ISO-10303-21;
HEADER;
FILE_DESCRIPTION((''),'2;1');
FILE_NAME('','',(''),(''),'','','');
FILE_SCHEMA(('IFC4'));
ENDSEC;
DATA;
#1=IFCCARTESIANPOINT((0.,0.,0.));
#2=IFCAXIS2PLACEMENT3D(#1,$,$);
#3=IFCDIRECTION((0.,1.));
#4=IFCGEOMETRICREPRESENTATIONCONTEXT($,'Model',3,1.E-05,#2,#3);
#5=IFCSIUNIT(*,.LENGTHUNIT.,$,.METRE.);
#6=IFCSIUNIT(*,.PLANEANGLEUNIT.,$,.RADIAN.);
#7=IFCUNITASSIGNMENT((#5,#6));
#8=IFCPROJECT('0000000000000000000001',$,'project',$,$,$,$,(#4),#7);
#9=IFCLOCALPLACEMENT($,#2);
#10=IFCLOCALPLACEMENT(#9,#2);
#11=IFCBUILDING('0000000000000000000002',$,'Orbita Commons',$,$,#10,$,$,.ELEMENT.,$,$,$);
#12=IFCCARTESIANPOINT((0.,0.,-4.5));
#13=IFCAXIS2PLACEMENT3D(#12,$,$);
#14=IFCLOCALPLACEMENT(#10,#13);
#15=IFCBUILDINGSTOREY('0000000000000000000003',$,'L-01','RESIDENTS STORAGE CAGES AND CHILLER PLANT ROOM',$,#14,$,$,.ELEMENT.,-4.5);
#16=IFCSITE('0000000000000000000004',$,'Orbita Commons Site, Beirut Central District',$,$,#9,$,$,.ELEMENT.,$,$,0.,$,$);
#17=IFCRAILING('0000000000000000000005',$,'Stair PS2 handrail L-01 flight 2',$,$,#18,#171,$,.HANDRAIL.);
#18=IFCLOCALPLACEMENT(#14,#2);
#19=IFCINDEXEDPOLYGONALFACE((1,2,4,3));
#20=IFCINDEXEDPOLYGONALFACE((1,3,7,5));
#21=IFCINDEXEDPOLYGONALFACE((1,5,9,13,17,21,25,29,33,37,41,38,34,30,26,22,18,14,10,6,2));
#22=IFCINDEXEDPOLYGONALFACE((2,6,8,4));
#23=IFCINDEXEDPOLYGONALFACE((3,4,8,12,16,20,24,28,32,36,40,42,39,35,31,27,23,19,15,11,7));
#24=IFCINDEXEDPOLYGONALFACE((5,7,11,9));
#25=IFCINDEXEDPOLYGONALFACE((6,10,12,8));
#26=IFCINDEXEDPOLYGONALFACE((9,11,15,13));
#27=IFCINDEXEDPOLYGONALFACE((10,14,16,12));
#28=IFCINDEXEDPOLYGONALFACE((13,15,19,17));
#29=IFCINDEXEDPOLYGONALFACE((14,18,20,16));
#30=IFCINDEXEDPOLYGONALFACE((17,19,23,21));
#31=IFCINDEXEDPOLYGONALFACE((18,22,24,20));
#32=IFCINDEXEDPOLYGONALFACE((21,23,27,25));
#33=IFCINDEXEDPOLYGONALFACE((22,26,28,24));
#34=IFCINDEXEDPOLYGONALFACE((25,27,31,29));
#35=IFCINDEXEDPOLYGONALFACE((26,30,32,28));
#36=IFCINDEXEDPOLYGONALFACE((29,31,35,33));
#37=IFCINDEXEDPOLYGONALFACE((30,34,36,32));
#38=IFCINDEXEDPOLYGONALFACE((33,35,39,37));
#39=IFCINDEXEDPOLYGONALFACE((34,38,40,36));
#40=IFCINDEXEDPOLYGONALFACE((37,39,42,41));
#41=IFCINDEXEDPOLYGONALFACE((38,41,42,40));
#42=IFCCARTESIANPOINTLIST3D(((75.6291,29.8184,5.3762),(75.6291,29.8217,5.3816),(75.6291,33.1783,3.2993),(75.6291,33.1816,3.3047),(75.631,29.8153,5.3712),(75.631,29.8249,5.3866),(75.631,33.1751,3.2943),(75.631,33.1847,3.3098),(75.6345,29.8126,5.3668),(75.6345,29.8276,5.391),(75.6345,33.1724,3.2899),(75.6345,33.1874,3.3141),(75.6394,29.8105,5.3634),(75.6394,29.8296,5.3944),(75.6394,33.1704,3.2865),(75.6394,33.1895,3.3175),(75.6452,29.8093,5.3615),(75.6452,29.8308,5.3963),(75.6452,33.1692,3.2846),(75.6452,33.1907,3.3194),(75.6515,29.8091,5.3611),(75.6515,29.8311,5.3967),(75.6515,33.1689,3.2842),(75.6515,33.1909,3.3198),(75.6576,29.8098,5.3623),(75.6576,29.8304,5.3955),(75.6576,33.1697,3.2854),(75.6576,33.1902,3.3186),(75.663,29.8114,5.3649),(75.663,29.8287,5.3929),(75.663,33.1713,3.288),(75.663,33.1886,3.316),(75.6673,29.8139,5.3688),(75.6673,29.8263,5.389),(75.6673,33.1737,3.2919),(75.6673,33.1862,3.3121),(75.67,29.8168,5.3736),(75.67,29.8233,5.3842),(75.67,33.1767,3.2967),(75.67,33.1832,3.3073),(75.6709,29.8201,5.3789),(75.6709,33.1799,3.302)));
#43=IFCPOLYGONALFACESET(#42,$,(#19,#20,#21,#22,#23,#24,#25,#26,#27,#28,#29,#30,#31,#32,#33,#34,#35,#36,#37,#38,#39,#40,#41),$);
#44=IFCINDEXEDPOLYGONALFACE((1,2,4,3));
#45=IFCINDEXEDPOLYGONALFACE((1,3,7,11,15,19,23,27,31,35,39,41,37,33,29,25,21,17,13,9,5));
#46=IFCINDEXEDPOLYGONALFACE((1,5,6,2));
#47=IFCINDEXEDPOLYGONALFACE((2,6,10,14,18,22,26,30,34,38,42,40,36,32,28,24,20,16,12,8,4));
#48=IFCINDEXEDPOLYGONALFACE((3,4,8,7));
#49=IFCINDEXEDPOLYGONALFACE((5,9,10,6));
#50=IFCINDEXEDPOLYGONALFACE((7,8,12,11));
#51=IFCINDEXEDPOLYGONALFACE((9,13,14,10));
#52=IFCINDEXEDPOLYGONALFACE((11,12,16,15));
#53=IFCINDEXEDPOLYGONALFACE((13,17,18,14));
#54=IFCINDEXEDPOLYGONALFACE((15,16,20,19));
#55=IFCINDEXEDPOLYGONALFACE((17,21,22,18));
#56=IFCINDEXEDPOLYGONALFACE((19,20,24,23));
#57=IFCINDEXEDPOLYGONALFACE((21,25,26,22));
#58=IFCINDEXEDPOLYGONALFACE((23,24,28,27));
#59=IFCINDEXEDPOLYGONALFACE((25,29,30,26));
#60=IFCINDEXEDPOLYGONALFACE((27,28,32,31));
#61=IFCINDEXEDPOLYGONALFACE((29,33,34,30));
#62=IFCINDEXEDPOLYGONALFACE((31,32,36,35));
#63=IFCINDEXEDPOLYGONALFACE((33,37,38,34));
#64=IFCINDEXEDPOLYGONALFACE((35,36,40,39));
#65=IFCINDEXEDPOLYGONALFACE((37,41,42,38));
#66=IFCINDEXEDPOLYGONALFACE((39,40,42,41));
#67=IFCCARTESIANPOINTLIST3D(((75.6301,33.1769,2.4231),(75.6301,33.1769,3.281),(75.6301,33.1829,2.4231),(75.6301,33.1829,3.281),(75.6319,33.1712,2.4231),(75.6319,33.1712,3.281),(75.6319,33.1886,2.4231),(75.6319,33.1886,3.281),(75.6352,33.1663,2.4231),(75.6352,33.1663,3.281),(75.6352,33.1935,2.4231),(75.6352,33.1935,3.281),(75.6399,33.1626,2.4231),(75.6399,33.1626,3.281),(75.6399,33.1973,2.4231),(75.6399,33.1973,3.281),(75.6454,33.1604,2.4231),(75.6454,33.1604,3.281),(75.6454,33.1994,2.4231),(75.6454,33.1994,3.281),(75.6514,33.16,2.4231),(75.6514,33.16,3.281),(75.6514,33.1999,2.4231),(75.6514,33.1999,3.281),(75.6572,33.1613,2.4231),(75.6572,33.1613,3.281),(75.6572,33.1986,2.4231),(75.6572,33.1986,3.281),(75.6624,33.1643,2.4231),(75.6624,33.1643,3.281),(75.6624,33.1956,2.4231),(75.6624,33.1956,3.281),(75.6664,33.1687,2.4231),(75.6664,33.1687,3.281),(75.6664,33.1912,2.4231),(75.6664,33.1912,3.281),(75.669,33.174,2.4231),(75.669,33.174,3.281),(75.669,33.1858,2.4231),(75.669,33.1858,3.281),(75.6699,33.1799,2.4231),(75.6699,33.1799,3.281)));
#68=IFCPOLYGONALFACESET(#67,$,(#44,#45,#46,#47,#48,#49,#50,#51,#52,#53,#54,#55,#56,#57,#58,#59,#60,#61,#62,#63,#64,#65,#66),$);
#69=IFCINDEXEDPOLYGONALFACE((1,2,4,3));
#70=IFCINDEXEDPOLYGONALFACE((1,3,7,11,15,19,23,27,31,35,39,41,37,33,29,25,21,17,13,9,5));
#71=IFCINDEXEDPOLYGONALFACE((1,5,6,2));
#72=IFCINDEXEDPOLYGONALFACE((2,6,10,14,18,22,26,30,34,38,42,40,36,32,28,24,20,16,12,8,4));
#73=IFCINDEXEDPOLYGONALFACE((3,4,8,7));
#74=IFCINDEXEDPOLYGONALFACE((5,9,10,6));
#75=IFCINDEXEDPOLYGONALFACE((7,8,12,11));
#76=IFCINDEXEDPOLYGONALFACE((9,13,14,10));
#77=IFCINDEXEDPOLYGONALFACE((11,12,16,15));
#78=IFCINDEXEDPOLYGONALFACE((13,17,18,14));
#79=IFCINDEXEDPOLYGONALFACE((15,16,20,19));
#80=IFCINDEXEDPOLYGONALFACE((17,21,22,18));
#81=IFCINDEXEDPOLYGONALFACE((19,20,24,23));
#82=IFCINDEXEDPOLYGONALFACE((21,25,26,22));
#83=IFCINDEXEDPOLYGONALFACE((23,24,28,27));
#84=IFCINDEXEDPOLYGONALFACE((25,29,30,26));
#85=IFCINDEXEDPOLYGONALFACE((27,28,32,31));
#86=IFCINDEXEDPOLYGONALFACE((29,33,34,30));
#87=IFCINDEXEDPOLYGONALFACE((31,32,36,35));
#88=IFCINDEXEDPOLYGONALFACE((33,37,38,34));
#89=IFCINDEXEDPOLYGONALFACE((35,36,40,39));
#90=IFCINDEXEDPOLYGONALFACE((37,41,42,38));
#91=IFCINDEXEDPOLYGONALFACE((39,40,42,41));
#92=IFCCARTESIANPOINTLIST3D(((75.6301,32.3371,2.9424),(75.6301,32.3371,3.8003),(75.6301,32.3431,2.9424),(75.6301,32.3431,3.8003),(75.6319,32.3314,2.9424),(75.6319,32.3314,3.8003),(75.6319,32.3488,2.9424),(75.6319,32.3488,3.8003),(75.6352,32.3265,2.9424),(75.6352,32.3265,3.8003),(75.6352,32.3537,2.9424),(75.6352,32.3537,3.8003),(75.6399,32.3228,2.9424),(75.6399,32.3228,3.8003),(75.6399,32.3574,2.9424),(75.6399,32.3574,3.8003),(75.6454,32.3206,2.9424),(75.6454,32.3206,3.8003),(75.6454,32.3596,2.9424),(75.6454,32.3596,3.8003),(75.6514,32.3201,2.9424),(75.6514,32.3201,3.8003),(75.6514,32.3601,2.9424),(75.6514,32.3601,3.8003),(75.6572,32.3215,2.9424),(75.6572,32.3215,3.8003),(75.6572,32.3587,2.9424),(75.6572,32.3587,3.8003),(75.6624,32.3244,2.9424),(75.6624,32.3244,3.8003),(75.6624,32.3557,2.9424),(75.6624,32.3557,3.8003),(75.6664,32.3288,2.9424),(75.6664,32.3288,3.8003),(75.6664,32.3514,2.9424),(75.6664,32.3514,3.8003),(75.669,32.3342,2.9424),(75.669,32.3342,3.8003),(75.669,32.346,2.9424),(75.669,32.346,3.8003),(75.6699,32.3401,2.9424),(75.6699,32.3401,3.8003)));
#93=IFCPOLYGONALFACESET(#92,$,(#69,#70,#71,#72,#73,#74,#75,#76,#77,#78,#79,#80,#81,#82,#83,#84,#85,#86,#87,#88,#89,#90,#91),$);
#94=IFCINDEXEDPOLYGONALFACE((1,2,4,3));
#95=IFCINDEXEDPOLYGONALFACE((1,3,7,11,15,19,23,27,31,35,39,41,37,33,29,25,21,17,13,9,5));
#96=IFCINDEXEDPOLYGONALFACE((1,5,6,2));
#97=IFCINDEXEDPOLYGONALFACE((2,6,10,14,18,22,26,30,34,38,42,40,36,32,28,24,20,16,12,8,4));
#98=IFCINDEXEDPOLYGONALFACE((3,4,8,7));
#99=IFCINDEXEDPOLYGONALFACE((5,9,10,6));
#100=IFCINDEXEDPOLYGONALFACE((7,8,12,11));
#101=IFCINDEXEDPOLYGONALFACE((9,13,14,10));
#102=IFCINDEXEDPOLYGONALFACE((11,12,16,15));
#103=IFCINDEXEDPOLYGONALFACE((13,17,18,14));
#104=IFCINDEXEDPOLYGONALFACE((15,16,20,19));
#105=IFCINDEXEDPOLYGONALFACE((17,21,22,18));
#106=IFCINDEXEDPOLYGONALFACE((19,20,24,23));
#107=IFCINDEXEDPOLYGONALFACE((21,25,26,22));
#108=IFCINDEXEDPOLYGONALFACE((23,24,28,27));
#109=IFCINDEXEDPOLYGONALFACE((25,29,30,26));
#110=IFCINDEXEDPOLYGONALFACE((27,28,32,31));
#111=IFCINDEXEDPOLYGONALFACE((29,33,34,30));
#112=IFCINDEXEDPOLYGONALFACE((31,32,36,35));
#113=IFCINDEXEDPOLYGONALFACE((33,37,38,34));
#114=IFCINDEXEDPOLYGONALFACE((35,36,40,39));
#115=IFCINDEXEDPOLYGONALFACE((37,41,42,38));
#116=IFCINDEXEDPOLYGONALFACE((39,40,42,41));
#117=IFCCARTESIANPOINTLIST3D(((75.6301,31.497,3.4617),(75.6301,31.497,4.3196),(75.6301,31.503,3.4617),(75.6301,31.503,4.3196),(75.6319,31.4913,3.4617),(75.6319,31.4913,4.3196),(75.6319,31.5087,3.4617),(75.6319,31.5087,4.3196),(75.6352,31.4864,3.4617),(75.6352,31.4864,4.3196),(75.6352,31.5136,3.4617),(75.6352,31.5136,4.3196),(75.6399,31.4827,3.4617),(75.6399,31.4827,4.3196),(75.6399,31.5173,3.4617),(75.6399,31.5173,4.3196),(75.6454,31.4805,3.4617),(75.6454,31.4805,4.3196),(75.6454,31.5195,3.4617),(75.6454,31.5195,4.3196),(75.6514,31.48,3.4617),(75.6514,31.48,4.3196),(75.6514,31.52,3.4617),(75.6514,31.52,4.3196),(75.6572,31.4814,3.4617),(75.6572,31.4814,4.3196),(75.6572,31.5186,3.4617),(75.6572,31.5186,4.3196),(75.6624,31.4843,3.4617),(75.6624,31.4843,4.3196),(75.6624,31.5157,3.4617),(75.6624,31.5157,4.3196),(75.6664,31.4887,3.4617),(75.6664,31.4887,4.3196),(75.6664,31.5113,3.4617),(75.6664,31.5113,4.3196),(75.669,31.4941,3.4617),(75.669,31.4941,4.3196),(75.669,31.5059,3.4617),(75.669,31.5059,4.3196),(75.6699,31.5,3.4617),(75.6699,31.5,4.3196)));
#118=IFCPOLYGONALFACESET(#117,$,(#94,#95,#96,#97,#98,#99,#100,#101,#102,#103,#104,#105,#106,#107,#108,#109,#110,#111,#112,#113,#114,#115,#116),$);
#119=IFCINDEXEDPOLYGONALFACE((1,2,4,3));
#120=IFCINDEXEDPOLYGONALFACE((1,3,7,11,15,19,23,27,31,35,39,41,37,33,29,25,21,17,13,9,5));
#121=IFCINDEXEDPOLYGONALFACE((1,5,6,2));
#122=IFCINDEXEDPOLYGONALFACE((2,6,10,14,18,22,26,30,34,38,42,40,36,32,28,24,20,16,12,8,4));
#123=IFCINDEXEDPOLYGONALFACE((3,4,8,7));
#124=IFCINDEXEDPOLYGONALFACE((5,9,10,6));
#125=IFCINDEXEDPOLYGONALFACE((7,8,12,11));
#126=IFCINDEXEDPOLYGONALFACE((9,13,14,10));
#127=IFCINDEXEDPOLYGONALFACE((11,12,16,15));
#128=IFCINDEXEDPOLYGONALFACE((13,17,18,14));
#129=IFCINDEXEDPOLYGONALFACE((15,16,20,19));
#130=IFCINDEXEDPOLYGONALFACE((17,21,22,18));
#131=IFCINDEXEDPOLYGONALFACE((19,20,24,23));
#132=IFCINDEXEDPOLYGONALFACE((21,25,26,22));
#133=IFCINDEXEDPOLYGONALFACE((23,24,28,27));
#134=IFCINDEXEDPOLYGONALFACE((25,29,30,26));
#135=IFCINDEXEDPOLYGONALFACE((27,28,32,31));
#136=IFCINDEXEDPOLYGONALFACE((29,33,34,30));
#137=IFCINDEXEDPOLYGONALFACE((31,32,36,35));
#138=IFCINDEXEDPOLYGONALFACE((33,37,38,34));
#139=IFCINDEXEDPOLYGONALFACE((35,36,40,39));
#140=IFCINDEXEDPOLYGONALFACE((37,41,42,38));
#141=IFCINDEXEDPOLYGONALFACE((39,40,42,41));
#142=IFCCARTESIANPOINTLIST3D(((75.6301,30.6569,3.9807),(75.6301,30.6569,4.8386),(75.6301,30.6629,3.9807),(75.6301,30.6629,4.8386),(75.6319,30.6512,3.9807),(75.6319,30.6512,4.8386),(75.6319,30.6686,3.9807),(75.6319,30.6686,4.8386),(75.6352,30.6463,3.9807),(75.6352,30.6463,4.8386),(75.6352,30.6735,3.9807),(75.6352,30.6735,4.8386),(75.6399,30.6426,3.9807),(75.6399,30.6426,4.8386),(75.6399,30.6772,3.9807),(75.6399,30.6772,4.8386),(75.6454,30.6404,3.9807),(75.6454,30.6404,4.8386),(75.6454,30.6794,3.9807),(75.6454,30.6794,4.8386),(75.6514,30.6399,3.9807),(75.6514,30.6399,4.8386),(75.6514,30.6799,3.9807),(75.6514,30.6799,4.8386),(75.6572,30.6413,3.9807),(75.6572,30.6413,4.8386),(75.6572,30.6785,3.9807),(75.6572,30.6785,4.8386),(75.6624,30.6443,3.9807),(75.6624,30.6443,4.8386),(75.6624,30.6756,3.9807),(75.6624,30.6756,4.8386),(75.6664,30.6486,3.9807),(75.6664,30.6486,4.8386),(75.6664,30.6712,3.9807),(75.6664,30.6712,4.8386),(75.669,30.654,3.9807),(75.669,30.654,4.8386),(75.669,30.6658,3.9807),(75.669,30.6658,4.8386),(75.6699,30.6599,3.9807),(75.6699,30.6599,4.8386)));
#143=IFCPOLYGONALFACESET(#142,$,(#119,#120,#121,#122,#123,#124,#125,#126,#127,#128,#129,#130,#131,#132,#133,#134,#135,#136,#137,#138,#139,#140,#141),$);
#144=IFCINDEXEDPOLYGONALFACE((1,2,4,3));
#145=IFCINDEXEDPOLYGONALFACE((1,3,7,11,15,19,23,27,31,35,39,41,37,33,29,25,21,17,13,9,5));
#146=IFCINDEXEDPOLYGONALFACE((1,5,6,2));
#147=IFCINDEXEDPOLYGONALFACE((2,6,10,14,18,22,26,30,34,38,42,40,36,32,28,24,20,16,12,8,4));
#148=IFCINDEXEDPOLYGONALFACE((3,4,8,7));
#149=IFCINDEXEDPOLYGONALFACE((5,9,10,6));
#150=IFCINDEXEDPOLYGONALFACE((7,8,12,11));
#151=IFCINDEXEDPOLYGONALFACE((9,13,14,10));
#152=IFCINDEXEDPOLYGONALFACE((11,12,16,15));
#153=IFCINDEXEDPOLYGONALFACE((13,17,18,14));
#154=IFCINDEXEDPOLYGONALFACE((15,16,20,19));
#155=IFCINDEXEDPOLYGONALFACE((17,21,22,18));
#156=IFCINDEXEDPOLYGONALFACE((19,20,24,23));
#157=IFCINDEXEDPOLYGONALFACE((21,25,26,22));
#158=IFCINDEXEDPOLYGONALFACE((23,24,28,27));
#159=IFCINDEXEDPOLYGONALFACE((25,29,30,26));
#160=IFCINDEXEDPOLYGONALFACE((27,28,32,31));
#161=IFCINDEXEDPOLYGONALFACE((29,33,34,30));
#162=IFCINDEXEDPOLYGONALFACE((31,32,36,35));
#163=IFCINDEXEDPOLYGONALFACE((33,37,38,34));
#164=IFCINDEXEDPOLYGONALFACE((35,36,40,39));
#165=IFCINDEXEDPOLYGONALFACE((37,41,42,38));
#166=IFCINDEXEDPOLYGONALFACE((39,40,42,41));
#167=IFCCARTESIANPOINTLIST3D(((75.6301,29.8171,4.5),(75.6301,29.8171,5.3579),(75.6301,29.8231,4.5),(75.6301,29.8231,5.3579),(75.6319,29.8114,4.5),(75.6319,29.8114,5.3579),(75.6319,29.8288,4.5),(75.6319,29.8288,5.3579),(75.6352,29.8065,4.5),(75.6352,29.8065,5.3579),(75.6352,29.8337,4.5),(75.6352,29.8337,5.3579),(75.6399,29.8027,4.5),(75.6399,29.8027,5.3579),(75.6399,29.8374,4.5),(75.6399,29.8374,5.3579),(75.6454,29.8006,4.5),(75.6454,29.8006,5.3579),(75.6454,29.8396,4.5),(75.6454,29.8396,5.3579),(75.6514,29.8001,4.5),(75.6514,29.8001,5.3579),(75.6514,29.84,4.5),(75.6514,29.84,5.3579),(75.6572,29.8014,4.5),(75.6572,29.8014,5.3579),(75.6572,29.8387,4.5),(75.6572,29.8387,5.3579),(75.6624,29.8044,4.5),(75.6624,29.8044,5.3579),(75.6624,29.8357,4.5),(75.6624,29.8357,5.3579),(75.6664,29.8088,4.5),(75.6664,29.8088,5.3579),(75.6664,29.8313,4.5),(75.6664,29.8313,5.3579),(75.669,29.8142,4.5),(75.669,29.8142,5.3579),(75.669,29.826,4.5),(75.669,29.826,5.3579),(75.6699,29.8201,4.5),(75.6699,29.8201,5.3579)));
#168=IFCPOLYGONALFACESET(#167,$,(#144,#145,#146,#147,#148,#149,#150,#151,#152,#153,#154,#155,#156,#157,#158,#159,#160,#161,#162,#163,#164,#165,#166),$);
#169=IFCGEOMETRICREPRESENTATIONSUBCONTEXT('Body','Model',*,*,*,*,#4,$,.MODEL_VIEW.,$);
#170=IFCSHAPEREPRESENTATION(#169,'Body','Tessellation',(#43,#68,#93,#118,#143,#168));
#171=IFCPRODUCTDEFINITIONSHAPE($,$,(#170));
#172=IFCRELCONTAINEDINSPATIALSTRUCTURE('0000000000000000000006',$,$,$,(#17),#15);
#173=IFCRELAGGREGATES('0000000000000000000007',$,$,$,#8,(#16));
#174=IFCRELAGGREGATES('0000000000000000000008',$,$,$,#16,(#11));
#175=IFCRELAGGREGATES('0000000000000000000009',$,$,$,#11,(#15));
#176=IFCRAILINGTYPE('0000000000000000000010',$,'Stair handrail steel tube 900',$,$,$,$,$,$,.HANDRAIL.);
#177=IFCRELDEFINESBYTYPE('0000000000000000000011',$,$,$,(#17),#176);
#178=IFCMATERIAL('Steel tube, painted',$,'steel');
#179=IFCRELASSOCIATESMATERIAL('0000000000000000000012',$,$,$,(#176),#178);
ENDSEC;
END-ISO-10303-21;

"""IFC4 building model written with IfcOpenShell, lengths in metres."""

from ifc_helpers import new_model, si_unit, direction, frame, origin, origin_2d, place, context, subcontext, project, spatial, circle, extrude, material, type_object, element, save


model = new_model("IFC4")

# Units and contexts
model_context = context("Model", 3, precision=1e-05, world=origin(), true_north=direction((0.0, 1.0)))
body_context = subcontext(model_context, "Body", "Model", "MODEL_VIEW")
ifc_project = project(units=[si_unit("LENGTHUNIT", "METRE"), si_unit("PLANEANGLEUNIT", "RADIAN")], contexts=[model_context])

# Site, building, storey
site_placement = place(None, origin())
site = spatial("IfcSite", under=ifc_project, at=site_placement, Name="Orbita Commons Site, Beirut Central District", CompositionType="ELEMENT", RefElevation=0.0)
building_placement = place(site_placement, origin())
building = spatial("IfcBuilding", under=site, at=building_placement, Name="Orbita Commons", CompositionType="ELEMENT")
storey_placement = place(building_placement, frame((0.0, 0.0, -4.5)))
storey = spatial("IfcBuildingStorey", under=building, at=storey_placement, Name="L-01", Description="RESIDENTS STORAGE CAGES AND CHILLER PLANT ROOM", CompositionType="ELEMENT", Elevation=-4.5)

# Railing
ifc_material_1 = material(Name="Steel tube, painted", Category="steel")
railing_type_1 = type_object("IfcRailingType", Name="Stair handrail steel tube 900", PredefinedType="HANDRAIL", material=ifc_material_1)
for number, where, name in (
    (1, (75.6499, 33.1799, 2.4231), "Stair PS2 handrail L-01 flight 2"),
):
    element("IfcRailing", number, at=place(storey_placement, frame(where)), inside=storey, type_object=railing_type_1, Name=name, PredefinedType="HANDRAIL", context=body_context, shape_type="SweptSolid", body=[
        extrude(circle(Radius=0.021, at=origin_2d()), frame((0.0, 0.0, 0.8789), z_axis=(0.0, -0.850606, 0.525803), x_axis=(1.0, 0.0, 0.0)), (0.0, 0.0, 1.0), 3.95),
        extrude(circle(Radius=0.02, at=origin_2d()), origin(), (0.0, 0.0, 1.0), 0.8579),
        extrude(circle(Radius=0.02, at=origin_2d()), frame((0.0, -0.8398, 0.5193)), (0.0, 0.0, 1.0), 0.8579),
        extrude(circle(Radius=0.02, at=origin_2d()), frame((0.0, -1.6799, 1.0386)), (0.0, 0.0, 1.0), 0.8579),
        extrude(circle(Radius=0.02, at=origin_2d()), frame((0.0, -2.52, 1.5576)), (0.0, 0.0, 1.0), 0.8579),
        extrude(circle(Radius=0.02, at=origin_2d()), frame((0.0, -3.3599, 2.0769)), (0.0, 0.0, 1.0), 0.8579),
    ])

save(model, "model.ifc")
